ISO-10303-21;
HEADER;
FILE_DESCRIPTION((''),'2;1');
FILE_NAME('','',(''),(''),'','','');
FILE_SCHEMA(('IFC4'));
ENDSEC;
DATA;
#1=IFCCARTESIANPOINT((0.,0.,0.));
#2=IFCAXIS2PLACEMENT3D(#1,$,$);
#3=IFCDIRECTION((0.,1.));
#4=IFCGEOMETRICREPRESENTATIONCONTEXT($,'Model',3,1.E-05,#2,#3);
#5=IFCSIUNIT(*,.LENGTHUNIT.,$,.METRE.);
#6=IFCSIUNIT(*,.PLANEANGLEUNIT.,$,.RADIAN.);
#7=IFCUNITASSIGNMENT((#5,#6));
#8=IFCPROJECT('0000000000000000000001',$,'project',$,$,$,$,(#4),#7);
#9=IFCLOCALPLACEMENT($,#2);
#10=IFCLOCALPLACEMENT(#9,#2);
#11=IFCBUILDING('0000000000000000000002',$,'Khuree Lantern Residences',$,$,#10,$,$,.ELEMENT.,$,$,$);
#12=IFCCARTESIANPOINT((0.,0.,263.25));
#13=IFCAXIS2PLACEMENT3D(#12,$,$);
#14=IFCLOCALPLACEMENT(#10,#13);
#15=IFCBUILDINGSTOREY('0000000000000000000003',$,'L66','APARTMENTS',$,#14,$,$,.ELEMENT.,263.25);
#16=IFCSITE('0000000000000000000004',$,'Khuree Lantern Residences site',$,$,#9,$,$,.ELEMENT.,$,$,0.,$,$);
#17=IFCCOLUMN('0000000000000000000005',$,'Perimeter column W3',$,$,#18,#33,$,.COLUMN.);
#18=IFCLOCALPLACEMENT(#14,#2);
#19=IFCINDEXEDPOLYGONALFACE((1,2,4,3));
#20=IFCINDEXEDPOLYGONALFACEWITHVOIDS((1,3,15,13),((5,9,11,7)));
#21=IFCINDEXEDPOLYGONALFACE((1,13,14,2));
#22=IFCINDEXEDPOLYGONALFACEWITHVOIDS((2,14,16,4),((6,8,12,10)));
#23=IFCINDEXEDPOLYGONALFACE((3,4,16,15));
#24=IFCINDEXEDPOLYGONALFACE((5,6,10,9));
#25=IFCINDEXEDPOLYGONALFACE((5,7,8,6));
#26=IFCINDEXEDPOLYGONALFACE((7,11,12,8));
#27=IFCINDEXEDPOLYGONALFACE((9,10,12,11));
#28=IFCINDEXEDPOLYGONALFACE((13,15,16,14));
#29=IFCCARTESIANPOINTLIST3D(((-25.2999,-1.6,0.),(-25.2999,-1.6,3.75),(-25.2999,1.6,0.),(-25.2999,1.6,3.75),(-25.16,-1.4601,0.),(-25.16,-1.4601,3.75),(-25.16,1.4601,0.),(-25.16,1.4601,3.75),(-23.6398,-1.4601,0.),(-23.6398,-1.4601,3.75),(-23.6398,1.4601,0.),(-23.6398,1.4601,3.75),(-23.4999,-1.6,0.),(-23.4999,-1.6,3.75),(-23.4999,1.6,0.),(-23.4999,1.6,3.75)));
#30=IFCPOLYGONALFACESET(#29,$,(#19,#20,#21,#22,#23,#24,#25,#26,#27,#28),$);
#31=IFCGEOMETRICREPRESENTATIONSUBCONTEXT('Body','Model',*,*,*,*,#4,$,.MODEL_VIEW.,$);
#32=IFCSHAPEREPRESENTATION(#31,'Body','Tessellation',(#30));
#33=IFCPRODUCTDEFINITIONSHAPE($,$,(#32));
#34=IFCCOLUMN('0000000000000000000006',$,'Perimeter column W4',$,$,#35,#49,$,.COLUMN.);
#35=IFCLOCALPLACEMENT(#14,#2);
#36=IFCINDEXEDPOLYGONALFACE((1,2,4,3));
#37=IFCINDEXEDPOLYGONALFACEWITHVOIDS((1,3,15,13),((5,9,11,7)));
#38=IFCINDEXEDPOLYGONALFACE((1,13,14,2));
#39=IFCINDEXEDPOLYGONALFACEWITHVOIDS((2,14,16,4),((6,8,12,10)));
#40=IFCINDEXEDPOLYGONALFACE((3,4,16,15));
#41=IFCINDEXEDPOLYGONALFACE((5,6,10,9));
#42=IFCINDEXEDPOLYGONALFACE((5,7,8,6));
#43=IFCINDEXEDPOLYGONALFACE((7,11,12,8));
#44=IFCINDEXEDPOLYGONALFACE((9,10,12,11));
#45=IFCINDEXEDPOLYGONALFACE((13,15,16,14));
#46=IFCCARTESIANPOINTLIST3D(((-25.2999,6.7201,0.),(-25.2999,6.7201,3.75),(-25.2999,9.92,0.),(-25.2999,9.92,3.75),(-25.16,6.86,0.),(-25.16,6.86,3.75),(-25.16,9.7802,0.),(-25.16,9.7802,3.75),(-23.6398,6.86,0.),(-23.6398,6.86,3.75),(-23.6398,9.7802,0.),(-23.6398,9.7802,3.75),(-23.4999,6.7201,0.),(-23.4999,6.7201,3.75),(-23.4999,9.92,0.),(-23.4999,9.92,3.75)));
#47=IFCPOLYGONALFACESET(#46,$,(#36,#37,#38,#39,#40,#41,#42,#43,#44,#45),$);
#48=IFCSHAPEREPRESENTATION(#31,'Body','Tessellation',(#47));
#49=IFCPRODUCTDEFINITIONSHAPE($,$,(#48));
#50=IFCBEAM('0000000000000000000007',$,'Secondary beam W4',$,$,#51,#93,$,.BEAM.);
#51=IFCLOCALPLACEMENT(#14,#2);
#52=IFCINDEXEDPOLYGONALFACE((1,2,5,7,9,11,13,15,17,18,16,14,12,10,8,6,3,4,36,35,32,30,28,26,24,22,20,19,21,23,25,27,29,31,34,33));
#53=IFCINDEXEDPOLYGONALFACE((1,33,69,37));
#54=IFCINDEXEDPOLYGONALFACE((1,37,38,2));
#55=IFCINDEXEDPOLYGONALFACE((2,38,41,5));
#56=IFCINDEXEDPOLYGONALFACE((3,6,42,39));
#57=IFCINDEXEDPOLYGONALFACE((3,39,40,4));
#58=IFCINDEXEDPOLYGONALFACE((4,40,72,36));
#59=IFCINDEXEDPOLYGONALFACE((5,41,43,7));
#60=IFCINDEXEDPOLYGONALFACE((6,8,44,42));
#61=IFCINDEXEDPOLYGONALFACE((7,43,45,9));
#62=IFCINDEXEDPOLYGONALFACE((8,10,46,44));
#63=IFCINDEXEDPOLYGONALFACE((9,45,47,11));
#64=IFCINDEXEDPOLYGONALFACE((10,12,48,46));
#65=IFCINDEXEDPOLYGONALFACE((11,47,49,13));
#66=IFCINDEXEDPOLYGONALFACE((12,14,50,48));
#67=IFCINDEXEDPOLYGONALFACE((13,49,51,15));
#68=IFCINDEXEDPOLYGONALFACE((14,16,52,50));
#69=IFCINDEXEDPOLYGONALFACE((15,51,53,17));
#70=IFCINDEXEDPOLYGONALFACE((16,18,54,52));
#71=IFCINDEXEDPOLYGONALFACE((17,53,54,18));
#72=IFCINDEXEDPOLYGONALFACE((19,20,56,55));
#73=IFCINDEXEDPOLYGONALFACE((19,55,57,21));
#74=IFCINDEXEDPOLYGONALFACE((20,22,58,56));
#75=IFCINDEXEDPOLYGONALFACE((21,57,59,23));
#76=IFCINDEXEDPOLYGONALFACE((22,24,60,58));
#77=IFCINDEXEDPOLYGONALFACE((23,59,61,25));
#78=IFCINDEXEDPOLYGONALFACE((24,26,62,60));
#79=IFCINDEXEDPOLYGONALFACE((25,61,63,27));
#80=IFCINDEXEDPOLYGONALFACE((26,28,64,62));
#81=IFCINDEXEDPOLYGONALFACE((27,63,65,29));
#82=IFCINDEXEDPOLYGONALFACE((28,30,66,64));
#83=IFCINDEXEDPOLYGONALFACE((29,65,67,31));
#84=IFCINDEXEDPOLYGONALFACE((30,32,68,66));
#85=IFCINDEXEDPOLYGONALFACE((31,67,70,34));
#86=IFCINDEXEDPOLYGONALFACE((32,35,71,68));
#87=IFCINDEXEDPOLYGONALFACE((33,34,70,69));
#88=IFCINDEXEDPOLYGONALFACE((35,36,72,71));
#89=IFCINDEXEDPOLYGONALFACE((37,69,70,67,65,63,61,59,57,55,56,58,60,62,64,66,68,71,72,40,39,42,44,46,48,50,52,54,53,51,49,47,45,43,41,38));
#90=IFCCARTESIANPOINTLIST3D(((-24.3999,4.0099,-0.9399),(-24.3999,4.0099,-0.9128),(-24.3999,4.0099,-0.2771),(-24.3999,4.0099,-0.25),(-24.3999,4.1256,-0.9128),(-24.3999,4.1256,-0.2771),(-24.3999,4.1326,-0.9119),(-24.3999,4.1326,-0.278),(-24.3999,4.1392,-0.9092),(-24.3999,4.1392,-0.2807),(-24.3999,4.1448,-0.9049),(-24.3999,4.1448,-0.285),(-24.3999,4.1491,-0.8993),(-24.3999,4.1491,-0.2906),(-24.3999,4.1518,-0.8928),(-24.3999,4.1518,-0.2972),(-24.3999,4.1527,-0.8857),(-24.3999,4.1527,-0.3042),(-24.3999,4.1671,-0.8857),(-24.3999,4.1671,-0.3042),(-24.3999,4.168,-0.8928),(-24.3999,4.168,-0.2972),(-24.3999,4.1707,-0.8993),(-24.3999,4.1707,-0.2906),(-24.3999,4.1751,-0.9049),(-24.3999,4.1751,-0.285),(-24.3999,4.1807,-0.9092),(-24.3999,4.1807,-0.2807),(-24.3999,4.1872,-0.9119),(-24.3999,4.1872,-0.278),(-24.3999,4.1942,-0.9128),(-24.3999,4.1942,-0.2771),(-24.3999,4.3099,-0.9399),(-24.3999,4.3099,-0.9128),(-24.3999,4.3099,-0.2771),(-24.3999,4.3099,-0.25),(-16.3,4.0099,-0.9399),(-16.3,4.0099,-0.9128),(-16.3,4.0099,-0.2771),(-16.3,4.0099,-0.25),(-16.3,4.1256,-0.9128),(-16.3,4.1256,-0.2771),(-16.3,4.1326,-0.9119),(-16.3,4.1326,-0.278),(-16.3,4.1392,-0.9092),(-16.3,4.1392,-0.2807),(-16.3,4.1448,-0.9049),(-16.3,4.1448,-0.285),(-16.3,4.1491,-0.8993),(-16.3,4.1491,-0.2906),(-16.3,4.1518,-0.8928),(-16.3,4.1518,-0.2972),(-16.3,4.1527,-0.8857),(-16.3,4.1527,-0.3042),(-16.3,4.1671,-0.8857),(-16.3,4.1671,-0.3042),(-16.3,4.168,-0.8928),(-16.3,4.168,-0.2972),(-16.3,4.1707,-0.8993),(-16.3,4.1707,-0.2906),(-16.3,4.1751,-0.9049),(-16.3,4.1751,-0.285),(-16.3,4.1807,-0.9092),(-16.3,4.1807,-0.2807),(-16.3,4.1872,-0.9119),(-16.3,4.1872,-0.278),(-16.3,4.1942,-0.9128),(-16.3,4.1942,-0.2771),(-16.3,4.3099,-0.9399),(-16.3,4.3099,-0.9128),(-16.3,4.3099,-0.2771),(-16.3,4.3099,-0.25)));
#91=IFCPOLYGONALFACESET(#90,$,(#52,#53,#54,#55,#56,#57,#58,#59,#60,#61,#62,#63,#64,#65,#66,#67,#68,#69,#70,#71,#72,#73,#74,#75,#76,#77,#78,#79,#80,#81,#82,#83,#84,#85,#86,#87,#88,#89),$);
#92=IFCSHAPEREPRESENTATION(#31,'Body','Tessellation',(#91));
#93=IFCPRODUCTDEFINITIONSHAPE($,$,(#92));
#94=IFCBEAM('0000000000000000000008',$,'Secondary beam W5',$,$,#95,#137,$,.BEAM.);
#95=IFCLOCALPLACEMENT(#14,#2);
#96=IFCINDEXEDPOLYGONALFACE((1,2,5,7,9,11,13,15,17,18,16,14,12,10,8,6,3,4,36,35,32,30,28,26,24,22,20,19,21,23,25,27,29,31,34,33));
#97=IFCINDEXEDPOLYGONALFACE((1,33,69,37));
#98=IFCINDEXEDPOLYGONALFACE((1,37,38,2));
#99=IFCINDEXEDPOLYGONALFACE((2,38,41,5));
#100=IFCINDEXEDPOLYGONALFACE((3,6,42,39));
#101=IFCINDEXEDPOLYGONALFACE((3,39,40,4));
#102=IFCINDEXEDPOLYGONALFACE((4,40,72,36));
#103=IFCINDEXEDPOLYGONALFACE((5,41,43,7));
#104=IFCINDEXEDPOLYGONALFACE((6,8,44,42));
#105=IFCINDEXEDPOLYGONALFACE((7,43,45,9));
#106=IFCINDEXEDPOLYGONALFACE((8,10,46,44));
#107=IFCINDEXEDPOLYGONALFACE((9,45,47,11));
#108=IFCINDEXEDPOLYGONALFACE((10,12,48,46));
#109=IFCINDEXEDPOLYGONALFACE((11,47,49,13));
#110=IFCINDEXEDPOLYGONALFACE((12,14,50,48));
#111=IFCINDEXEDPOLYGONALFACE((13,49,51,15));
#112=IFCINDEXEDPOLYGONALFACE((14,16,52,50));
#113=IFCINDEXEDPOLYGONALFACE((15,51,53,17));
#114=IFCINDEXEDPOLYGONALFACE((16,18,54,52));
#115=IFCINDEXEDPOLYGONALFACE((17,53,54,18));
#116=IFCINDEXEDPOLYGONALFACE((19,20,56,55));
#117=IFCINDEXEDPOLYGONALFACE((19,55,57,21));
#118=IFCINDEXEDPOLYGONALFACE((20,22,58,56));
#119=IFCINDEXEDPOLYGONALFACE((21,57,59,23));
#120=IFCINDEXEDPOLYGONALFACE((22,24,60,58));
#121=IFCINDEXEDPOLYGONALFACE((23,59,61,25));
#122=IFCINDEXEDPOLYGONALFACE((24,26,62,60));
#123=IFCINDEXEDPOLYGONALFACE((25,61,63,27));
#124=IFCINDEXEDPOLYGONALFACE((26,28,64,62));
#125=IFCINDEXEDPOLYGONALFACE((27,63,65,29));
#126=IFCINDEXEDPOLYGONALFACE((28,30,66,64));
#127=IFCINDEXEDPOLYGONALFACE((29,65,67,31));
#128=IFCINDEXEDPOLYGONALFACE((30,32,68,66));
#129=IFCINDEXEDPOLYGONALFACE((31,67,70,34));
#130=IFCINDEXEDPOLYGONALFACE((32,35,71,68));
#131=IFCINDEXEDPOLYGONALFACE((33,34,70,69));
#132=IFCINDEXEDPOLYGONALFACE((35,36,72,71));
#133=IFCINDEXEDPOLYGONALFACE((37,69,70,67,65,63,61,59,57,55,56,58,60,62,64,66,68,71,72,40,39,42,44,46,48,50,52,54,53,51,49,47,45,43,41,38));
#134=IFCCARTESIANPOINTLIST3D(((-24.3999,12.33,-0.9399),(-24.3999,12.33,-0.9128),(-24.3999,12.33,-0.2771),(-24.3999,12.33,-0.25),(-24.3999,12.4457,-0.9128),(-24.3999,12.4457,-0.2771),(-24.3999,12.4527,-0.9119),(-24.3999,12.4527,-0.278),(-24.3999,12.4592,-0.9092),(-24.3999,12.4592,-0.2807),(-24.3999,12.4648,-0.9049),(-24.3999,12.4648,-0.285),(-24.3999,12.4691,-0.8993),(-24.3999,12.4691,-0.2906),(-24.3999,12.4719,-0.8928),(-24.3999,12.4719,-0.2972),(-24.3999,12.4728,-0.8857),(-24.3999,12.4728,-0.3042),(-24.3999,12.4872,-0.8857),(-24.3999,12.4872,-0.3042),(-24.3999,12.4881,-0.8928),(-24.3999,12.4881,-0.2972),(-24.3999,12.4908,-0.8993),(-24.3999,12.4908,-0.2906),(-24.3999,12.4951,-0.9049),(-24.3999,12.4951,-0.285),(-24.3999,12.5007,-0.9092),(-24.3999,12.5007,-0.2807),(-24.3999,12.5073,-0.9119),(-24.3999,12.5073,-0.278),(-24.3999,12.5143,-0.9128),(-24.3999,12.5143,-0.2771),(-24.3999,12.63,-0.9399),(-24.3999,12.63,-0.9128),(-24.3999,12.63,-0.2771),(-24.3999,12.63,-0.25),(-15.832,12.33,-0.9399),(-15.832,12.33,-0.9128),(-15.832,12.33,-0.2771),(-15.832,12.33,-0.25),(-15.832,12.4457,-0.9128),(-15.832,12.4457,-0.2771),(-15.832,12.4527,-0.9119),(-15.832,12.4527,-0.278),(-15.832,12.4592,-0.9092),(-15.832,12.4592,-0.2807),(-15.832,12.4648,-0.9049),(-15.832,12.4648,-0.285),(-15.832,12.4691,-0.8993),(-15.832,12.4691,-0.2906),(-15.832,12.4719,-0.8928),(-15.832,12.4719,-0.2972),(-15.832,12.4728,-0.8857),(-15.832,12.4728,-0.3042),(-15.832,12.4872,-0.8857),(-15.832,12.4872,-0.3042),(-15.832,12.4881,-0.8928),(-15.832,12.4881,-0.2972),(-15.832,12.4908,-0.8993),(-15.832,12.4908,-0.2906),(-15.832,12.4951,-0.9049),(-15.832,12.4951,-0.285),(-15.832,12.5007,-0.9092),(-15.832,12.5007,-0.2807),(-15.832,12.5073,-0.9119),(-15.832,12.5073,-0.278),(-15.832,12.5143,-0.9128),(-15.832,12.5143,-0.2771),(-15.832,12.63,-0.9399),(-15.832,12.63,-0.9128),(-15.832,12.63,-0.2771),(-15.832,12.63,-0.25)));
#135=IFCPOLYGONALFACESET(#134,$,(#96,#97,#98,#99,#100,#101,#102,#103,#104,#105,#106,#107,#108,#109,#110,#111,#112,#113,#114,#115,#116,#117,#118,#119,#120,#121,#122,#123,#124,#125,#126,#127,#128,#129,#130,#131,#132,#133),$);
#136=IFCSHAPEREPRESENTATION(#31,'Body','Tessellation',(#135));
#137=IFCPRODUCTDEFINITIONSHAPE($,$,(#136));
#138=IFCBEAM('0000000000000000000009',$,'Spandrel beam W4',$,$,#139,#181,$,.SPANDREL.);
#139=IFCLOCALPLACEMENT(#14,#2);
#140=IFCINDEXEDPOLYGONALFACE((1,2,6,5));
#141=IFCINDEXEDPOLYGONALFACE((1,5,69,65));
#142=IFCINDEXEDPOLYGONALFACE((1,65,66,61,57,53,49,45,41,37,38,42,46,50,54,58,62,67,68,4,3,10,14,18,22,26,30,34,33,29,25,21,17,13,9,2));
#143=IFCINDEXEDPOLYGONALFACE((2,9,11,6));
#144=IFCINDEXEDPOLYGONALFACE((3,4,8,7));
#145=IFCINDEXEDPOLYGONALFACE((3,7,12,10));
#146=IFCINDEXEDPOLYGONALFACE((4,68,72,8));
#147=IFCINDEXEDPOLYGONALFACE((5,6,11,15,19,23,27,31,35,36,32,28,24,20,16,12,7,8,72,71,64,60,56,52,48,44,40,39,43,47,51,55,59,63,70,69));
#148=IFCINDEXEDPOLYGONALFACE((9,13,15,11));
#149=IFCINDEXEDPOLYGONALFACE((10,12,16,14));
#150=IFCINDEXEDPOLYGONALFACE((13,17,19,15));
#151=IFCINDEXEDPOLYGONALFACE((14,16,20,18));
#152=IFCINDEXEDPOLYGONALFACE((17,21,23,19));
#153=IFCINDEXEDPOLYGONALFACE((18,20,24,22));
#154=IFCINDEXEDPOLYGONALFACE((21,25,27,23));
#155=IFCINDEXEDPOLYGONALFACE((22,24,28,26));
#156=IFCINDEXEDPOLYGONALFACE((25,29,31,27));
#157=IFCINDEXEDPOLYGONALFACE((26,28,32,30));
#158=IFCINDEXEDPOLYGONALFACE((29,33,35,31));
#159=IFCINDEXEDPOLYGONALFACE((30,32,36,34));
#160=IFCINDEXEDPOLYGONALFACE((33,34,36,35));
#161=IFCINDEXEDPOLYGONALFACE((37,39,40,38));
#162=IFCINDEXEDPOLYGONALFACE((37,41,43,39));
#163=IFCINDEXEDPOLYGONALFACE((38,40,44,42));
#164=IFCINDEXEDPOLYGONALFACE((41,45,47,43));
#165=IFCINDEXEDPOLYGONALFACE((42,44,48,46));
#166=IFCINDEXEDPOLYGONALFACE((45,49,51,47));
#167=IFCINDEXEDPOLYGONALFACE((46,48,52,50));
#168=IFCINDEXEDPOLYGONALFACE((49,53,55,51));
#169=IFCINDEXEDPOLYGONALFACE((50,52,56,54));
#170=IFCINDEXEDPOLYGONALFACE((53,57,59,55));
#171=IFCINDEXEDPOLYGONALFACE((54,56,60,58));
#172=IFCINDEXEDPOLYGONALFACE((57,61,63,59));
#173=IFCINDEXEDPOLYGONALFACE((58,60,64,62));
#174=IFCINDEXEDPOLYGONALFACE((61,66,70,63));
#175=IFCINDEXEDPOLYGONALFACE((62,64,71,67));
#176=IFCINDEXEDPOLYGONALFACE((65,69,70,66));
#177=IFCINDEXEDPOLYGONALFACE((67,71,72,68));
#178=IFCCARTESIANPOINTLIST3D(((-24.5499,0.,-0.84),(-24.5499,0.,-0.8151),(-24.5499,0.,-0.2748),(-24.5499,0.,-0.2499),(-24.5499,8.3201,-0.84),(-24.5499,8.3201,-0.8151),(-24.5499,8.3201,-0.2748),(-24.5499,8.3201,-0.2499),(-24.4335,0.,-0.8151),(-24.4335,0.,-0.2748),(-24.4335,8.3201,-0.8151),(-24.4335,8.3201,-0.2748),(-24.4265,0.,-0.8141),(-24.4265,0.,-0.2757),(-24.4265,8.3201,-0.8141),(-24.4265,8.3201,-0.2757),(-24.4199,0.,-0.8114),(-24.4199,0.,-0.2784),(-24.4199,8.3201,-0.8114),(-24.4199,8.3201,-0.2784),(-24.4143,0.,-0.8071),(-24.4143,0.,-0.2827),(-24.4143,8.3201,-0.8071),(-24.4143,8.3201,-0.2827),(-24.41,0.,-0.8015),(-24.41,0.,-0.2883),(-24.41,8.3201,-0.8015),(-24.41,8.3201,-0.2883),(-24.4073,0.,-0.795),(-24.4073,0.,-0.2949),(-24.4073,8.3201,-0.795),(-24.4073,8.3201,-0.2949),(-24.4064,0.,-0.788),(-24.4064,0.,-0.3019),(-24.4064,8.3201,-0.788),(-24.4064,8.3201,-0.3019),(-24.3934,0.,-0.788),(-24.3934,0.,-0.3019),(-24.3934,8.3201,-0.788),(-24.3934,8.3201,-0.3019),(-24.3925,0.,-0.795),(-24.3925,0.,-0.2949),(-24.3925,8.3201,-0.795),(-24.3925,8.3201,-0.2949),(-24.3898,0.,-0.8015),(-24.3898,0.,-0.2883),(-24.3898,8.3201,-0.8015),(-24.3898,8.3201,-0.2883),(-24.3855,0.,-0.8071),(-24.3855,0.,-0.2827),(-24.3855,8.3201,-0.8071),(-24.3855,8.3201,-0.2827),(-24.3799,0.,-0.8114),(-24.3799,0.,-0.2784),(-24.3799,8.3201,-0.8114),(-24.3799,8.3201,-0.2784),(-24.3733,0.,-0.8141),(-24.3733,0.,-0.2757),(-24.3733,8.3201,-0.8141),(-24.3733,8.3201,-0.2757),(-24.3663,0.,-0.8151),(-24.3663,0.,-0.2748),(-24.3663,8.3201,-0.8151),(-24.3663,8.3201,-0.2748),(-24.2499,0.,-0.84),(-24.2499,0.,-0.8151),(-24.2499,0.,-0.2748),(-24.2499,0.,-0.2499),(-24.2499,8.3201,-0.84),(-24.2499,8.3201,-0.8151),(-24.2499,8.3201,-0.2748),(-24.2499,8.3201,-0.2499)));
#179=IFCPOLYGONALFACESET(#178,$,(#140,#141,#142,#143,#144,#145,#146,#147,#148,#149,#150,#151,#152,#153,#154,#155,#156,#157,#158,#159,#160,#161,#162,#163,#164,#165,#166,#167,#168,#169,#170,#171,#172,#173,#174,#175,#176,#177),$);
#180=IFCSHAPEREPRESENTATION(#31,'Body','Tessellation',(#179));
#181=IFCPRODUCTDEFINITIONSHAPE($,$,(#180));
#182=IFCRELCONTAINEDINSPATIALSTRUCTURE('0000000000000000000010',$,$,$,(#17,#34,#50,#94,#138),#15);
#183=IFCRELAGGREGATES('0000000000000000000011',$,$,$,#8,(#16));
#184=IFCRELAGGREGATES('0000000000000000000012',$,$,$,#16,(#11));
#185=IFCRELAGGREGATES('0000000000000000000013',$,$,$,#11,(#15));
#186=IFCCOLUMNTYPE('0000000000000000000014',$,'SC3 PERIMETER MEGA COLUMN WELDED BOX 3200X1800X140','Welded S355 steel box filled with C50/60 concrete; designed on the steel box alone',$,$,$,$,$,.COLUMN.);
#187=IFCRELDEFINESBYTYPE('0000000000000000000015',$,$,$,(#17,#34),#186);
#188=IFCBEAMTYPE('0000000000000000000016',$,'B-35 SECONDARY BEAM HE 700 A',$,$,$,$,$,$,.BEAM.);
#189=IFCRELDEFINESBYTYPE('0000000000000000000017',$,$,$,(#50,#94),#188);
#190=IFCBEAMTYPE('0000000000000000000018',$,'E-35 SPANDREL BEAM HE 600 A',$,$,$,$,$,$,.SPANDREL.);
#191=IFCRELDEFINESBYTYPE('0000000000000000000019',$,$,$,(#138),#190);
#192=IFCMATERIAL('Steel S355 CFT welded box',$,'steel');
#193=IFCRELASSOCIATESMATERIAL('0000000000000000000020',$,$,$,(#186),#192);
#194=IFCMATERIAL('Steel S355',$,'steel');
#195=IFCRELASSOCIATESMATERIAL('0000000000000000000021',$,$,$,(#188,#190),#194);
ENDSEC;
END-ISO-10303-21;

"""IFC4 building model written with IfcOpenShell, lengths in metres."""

from ifc_helpers import new_model, si_unit, direction, frame, origin, origin_2d, place, context, subcontext, project, spatial, hollow_rectangle, i_section, extrude, material, material_profile, profile_set, type_object, element, save


model = new_model("IFC4")

# Units and contexts
model_context = context("Model", 3, precision=1e-05, world=origin(), true_north=direction((0.0, 1.0)))
body_context = subcontext(model_context, "Body", "Model", "MODEL_VIEW")
ifc_project = project(units=[si_unit("LENGTHUNIT", "METRE"), si_unit("PLANEANGLEUNIT", "RADIAN")], contexts=[model_context])

# Site, building, storey
site_placement = place(None, origin())
site = spatial("IfcSite", under=ifc_project, at=site_placement, Name="Khuree Lantern Residences site", CompositionType="ELEMENT", RefElevation=0.0)
building_placement = place(site_placement, origin())
building = spatial("IfcBuilding", under=site, at=building_placement, Name="Khuree Lantern Residences", CompositionType="ELEMENT")
storey_placement = place(building_placement, frame((0.0, 0.0, 263.25)))
storey = spatial("IfcBuildingStorey", under=building, at=storey_placement, Name="L66", Description="APARTMENTS", CompositionType="ELEMENT", Elevation=263.25)

# Columns
ifc_material_1 = material(Name="Steel S355 CFT welded box", Category="steel")
ifc_material_profile_1 = material_profile(ifc_material_1, hollow_rectangle(XDim=3.2, YDim=1.8, WallThickness=0.1399, at=origin_2d()), Name="WELDED BOX 3200X1800X140")
ifc_profile_set_1 = profile_set([ifc_material_profile_1], Name="Steel S355 CFT welded box")
column_type = type_object("IfcColumnType", Name="SC3 PERIMETER MEGA COLUMN WELDED BOX 3200X1800X140", Description="Welded S355 steel box filled with C50/60 concrete; designed on the steel box alone", PredefinedType="COLUMN", material=ifc_profile_set_1)
for number, where, z_axis, x_axis, name in (
    (1, (-24.3999, 0.0, 0.0), (0.0, 0.0, 1.0), (0.0, 1.0, 0.0), "Perimeter column W3"),
    (2, (-24.3999, 8.3201, 0.0), (0.0, 0.0, 1.0), (0.0, 1.0, 0.0), "Perimeter column W4"),
):
    element("IfcColumn", number, at=place(storey_placement, frame(where, z_axis=z_axis, x_axis=x_axis)), inside=storey, type_object=column_type, Name=name, PredefinedType="COLUMN", context=body_context, shape_type="SweptSolid", body=[
        extrude(hollow_rectangle(XDim=3.2, YDim=1.8, WallThickness=0.1399, at=origin_2d()), origin(), (0.0, 0.0, 1.0), 3.75),
    ])

# Beams
ifc_material_2 = material(Name="Steel S355", Category="steel")
ifc_material_profile_2 = material_profile(ifc_material_2, i_section(OverallWidth=0.3, OverallDepth=0.6899, WebThickness=0.0144, FlangeThickness=0.0271, FilletRadius=0.0271, at=origin_2d()), Name="HE 700 A")
ifc_profile_set_2 = profile_set([ifc_material_profile_2], Name="Steel S355")
beam_type_1 = type_object("IfcBeamType", Name="B-35 SECONDARY BEAM HE 700 A", PredefinedType="BEAM", material=ifc_profile_set_2)
beam_1_placement = place(storey_placement, frame((-24.3999, 4.1599, -0.595), z_axis=(1.0, 0.0, 0.0), x_axis=(0.0, 1.0, 0.0)))
element("IfcBeam", 3, at=beam_1_placement, inside=storey, type_object=beam_type_1, Name="Secondary beam W4", PredefinedType="BEAM", context=body_context, shape_type="SweptSolid", body=[
    extrude(i_section(OverallWidth=0.3, OverallDepth=0.6899, WebThickness=0.0144, FlangeThickness=0.0271, FilletRadius=0.0271, at=origin_2d()), origin(), (0.0, 0.0, 1.0), 8.0999),
])
beam_2_placement = place(storey_placement, frame((-24.3999, 12.48, -0.595), z_axis=(1.0, 0.0, 0.0), x_axis=(0.0, 1.0, 0.0)))
element("IfcBeam", 4, at=beam_2_placement, inside=storey, type_object=beam_type_1, Name="Secondary beam W5", PredefinedType="BEAM", context=body_context, shape_type="SweptSolid", body=[
    extrude(i_section(OverallWidth=0.3, OverallDepth=0.6899, WebThickness=0.0144, FlangeThickness=0.0271, FilletRadius=0.0271, at=origin_2d()), origin(), (0.0, 0.0, 1.0), 8.5679),
])
ifc_material_profile_3 = material_profile(ifc_material_2, i_section(OverallWidth=0.3, OverallDepth=0.5901, WebThickness=0.0129, FlangeThickness=0.0249, FilletRadius=0.0271, at=origin_2d()), Name="HE 600 A")
ifc_profile_set_3 = profile_set([ifc_material_profile_3], Name="Steel S355")
beam_type_2 = type_object("IfcBeamType", Name="E-35 SPANDREL BEAM HE 600 A", PredefinedType="SPANDREL", material=ifc_profile_set_3)
beam_3_placement = place(storey_placement, frame((-24.3999, 0.0, -0.5449), z_axis=(0.0, 1.0, 0.0), x_axis=(-1.0, 0.0, 0.0)))
element("IfcBeam", 5, at=beam_3_placement, inside=storey, type_object=beam_type_2, Name="Spandrel beam W4", PredefinedType="SPANDREL", context=body_context, shape_type="SweptSolid", body=[
    extrude(i_section(OverallWidth=0.3, OverallDepth=0.5901, WebThickness=0.0129, FlangeThickness=0.0249, FilletRadius=0.0271, at=origin_2d()), origin(), (0.0, 0.0, 1.0), 8.3201),
])

save(model, "model.ifc")
